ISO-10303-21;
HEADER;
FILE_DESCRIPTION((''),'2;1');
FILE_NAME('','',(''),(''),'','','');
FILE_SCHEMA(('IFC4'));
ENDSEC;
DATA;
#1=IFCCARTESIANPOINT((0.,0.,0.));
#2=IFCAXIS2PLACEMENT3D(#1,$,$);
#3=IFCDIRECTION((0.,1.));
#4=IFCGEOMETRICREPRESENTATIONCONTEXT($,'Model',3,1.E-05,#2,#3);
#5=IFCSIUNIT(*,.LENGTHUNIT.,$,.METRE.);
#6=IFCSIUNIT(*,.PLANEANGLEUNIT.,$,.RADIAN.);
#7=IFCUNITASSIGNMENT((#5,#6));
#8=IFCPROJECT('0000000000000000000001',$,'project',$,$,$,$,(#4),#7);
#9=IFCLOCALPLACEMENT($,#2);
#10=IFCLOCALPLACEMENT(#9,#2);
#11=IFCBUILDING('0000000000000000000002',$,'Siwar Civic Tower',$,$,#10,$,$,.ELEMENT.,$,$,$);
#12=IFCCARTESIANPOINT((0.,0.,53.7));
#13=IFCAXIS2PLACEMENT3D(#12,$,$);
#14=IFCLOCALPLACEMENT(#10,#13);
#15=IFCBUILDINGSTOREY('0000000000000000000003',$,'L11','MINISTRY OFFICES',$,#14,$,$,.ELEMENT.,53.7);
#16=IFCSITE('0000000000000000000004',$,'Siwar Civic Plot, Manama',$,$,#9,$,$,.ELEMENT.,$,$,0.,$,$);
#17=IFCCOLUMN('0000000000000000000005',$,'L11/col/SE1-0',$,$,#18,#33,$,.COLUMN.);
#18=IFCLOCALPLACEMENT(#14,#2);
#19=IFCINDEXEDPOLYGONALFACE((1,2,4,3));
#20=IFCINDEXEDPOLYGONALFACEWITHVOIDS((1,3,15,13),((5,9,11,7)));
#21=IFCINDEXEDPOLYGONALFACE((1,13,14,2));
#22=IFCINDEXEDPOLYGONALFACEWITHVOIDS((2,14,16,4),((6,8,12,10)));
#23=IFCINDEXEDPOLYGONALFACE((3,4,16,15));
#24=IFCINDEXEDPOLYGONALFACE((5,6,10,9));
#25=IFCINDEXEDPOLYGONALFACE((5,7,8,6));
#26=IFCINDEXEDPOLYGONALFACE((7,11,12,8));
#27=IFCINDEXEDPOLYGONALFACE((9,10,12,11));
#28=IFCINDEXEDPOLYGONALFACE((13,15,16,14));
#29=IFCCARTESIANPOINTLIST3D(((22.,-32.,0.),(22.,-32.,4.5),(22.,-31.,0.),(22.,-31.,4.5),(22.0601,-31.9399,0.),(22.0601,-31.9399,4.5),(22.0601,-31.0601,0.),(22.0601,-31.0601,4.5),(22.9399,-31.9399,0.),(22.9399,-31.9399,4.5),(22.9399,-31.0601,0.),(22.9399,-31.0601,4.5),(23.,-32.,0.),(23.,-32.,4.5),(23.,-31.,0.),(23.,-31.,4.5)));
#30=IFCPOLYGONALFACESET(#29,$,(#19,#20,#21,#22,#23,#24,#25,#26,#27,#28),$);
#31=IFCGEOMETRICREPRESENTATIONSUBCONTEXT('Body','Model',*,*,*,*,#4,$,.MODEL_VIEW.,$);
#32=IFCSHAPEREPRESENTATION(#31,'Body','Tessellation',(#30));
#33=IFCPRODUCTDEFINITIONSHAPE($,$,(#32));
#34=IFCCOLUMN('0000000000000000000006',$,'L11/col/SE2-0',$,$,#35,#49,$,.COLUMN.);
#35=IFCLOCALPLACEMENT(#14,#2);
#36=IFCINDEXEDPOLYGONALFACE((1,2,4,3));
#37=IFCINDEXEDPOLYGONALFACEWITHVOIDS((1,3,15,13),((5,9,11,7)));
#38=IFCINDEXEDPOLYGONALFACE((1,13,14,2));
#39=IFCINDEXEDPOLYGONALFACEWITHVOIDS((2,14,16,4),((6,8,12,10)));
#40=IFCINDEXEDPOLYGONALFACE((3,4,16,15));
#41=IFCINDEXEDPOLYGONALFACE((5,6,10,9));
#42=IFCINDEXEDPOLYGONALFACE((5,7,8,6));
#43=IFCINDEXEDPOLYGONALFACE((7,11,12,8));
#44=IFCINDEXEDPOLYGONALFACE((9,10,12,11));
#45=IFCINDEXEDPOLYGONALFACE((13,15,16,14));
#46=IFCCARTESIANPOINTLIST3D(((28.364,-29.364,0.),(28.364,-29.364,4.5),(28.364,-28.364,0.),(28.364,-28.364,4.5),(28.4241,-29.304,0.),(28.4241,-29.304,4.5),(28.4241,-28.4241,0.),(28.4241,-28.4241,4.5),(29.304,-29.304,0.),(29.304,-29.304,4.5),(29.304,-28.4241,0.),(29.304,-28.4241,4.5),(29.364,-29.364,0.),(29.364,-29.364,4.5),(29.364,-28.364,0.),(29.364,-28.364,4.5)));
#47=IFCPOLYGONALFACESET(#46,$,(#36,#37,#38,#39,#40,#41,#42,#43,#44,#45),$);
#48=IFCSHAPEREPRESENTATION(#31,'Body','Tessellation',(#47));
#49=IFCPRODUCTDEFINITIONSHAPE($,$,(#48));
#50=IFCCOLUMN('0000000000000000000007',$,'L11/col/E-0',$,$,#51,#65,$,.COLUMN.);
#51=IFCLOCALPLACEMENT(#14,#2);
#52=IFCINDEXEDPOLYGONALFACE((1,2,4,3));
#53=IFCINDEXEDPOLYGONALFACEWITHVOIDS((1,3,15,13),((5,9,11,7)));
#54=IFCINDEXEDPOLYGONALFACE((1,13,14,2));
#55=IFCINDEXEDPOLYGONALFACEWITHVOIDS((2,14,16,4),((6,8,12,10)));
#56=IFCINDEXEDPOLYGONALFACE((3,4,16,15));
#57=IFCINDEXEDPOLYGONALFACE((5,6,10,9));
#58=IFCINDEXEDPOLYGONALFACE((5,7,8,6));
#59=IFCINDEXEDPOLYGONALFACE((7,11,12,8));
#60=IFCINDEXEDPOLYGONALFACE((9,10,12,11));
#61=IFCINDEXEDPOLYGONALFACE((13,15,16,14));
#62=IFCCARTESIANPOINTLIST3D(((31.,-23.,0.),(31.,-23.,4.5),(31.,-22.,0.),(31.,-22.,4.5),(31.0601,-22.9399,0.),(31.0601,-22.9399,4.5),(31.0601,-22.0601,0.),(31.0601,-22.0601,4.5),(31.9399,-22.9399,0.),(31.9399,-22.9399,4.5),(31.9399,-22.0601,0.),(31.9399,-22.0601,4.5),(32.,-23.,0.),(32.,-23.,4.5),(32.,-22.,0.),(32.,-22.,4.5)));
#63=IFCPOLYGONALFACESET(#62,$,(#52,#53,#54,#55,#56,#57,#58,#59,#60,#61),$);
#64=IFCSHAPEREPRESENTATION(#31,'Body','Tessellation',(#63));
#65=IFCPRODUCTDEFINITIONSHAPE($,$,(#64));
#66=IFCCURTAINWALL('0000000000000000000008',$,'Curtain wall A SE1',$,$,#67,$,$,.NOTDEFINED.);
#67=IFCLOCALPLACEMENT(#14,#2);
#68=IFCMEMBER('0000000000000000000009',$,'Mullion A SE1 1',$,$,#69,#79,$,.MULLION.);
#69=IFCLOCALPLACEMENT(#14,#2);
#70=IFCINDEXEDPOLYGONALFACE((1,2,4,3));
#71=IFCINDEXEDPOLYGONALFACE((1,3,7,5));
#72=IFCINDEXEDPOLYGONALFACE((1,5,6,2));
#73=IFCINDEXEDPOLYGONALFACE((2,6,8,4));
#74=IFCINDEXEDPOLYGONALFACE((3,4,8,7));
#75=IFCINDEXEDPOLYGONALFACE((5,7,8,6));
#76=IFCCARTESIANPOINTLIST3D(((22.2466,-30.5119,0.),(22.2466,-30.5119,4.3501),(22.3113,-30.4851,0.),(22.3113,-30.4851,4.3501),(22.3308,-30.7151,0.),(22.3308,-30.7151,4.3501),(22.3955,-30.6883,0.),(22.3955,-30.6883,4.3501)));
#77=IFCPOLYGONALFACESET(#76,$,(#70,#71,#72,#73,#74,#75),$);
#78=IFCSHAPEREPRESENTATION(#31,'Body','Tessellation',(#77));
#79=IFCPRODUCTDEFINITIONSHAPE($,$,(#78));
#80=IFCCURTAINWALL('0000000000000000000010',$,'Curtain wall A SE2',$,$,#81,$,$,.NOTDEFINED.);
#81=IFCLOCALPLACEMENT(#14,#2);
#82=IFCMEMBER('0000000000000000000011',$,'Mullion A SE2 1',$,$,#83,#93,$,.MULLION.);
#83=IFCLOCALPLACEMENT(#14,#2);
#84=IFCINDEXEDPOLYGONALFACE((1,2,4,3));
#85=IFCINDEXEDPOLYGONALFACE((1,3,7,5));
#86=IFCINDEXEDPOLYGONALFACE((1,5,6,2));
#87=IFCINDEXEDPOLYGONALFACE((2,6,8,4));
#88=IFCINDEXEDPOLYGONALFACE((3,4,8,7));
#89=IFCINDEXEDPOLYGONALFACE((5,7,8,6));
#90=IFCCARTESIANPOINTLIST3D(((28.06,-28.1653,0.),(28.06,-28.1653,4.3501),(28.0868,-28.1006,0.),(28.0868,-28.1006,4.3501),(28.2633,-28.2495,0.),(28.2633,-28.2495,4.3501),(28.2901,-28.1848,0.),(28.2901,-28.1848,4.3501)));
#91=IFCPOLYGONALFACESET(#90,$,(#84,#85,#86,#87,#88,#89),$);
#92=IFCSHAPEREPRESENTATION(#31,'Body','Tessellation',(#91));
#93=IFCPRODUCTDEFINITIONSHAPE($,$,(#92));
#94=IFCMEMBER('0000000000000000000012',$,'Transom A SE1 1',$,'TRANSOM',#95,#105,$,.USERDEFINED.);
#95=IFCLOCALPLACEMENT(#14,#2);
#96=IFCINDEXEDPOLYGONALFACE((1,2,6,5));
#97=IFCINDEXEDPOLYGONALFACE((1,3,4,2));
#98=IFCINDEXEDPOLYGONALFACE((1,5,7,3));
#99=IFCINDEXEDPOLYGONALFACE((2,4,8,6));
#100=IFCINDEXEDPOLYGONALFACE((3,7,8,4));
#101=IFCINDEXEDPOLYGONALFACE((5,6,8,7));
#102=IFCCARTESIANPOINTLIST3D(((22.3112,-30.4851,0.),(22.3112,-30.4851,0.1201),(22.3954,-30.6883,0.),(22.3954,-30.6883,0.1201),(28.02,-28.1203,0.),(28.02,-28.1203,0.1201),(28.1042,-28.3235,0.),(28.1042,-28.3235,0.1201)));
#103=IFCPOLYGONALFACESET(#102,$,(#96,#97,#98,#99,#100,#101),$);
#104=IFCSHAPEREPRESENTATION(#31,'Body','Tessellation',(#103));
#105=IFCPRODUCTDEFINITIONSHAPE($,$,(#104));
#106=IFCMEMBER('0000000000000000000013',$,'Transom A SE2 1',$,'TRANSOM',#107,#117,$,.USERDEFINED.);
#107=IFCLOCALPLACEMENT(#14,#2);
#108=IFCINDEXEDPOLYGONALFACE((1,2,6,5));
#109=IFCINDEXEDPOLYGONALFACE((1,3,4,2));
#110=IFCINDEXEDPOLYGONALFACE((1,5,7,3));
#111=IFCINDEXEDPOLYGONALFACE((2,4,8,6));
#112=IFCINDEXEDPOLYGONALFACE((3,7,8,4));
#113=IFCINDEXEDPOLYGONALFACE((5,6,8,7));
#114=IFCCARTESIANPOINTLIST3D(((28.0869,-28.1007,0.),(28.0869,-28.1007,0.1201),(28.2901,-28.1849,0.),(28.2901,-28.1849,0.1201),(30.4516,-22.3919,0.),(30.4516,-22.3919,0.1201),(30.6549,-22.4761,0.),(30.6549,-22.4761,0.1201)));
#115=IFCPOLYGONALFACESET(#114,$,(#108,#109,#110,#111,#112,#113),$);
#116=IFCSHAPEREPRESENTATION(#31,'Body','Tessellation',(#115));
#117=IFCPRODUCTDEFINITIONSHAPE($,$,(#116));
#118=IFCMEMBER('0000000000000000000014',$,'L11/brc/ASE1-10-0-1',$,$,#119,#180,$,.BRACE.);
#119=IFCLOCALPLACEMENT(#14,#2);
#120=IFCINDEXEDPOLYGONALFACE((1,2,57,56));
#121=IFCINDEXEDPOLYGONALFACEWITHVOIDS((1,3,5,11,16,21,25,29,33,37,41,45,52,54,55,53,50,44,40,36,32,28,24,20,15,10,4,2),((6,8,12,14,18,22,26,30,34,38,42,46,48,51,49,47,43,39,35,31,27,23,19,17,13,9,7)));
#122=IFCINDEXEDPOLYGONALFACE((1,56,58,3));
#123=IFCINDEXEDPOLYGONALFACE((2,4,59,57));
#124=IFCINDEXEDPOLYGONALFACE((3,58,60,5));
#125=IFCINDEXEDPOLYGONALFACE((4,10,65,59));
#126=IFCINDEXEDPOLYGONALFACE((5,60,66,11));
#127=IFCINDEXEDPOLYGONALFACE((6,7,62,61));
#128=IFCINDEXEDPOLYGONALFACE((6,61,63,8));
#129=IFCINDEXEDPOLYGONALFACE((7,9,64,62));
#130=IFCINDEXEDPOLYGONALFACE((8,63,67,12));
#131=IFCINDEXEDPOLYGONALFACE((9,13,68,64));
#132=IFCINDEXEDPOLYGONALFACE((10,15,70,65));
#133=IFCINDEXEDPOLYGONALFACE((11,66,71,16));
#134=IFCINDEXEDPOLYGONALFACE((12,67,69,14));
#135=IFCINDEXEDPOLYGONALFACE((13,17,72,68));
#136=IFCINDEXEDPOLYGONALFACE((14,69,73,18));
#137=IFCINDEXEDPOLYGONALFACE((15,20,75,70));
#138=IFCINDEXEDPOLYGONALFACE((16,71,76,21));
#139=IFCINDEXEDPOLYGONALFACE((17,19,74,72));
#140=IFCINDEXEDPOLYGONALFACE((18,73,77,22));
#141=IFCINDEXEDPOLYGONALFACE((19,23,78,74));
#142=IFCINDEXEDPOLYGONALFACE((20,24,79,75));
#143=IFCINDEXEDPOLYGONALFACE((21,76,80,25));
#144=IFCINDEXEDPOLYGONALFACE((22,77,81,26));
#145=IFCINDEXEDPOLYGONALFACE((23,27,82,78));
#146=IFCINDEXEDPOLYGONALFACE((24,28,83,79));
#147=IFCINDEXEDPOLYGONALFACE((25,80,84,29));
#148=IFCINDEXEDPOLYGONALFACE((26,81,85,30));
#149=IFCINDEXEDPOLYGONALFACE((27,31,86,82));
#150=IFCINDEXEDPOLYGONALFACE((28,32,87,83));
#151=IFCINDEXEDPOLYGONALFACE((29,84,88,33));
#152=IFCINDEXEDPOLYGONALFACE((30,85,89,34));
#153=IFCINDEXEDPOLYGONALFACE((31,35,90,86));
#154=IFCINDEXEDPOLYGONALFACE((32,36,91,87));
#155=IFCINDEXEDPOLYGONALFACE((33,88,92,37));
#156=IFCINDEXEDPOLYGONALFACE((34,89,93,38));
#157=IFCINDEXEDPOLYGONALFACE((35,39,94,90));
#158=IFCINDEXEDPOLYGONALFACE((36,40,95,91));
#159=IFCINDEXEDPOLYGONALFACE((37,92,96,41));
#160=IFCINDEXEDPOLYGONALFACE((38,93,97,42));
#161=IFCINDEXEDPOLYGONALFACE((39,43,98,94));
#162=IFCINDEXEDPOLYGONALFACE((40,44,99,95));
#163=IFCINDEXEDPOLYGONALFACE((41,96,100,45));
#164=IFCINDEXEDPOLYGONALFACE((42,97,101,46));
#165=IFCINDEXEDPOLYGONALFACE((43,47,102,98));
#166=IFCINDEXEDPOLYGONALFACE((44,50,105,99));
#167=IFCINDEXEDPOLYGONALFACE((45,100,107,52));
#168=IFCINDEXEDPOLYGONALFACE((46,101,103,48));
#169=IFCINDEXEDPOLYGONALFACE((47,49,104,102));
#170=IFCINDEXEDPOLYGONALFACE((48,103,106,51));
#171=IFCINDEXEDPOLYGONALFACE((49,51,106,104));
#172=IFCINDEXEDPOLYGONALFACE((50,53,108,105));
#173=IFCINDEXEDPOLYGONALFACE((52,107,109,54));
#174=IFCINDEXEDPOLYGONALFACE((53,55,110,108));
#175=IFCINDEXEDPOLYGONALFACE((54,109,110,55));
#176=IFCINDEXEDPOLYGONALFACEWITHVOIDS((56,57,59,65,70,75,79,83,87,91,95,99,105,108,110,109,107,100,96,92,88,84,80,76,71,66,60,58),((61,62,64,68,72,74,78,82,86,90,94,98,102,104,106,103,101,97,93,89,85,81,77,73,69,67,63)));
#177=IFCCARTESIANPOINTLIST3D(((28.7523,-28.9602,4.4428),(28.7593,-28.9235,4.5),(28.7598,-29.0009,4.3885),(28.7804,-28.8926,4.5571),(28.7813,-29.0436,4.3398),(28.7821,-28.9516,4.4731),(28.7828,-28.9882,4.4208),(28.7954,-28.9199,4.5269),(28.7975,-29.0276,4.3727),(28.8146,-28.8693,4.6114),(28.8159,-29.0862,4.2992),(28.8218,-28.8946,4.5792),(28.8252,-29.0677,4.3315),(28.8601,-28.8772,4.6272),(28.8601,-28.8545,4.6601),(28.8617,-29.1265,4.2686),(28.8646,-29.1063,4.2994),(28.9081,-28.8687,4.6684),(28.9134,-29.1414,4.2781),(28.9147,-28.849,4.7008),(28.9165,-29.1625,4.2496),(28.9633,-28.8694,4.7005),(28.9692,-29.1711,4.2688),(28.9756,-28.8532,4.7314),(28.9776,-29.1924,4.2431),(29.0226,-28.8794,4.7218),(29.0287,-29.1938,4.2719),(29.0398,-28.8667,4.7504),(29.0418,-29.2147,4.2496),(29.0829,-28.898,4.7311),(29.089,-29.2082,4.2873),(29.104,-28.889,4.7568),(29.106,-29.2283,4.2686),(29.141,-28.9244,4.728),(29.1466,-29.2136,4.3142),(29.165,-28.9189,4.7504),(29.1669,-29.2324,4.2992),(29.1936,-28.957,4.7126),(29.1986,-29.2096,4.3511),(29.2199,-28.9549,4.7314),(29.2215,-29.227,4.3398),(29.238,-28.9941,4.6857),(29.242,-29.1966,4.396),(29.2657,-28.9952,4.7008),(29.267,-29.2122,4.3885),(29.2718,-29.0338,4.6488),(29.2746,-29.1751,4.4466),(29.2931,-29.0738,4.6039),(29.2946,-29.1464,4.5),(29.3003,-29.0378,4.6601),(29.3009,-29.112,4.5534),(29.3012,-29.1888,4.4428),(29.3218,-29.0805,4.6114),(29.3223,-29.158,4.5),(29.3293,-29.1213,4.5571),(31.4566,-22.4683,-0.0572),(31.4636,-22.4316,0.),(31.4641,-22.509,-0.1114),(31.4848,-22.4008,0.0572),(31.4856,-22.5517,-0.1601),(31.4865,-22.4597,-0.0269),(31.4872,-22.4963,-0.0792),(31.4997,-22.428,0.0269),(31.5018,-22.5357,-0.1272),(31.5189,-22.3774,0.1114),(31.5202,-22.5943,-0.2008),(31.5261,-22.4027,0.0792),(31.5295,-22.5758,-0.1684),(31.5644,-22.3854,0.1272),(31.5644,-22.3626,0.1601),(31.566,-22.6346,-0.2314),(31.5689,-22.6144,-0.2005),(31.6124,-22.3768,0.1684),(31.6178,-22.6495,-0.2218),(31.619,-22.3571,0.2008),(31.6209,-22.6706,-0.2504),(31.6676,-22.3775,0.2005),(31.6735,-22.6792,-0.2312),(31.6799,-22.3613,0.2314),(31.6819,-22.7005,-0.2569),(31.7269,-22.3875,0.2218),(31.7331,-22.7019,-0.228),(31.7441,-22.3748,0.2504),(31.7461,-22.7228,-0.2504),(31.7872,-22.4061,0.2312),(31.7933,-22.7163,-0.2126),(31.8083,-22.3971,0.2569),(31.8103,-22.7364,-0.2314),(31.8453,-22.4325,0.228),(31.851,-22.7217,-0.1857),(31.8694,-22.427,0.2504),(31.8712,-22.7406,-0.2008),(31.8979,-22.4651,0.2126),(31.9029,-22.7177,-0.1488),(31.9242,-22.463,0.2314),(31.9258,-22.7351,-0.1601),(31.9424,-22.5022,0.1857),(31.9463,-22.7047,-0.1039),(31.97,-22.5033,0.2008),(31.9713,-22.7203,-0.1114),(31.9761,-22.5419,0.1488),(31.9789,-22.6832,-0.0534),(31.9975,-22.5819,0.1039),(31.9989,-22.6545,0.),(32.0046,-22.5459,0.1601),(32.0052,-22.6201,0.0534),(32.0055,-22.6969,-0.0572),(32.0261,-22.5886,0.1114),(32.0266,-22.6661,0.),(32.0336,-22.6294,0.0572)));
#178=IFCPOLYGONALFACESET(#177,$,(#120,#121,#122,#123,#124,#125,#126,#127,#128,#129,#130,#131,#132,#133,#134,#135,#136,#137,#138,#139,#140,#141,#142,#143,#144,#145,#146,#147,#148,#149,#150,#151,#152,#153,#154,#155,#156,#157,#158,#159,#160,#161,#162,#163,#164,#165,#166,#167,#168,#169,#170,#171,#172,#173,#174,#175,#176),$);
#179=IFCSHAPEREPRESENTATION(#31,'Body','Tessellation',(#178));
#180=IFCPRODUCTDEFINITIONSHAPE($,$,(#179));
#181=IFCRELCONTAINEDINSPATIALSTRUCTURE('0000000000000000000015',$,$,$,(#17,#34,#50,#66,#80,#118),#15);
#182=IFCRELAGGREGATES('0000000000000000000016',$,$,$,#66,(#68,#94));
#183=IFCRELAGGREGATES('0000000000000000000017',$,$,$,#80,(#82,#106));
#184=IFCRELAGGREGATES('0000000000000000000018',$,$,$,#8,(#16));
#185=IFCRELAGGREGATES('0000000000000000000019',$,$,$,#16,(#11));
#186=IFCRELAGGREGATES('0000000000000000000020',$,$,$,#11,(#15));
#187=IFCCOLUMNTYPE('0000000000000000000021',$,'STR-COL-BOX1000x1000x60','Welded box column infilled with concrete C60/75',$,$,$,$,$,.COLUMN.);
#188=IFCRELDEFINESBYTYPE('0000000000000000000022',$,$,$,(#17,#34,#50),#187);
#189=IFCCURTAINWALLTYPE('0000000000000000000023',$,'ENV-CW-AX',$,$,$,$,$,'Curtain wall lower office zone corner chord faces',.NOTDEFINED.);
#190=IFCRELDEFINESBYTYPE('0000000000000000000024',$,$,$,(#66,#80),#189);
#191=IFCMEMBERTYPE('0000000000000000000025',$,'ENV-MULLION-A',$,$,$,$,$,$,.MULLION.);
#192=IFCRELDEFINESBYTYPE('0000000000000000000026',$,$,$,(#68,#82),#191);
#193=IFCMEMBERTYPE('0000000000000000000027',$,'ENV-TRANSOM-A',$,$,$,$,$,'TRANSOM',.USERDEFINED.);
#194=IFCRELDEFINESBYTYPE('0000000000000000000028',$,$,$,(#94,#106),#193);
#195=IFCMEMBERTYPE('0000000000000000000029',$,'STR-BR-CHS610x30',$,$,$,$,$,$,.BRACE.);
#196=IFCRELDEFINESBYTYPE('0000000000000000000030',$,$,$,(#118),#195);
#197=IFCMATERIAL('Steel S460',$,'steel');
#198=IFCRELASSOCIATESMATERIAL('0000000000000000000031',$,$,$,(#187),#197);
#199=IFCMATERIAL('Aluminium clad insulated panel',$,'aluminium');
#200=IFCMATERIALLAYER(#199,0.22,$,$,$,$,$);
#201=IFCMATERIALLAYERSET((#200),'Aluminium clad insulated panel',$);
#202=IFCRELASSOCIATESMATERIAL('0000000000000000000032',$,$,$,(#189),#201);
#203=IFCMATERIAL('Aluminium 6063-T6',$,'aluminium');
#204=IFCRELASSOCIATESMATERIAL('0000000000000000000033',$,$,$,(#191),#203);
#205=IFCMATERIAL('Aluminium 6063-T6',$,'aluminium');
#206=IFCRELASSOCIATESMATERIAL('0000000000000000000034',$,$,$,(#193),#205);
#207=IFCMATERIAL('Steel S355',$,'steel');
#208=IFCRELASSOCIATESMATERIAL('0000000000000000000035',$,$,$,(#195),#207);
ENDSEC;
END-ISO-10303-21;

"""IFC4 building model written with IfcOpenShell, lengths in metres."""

from ifc_helpers import new_model, si_unit, direction, frame, origin, origin_2d, place, context, subcontext, project, spatial, rectangle, hollow_rectangle, hollow_circle, extrude, material, layer, layer_set, material_profile, profile_set, type_object, element, aggregate, save


model = new_model("IFC4")

# Units and contexts
model_context = context("Model", 3, precision=1e-05, world=origin(), true_north=direction((0.0, 1.0)))
body_context = subcontext(model_context, "Body", "Model", "MODEL_VIEW")
ifc_project = project(units=[si_unit("LENGTHUNIT", "METRE"), si_unit("PLANEANGLEUNIT", "RADIAN")], contexts=[model_context])

# Site, building, storey
site_placement = place(None, origin())
site = spatial("IfcSite", under=ifc_project, at=site_placement, Name="Siwar Civic Plot, Manama", CompositionType="ELEMENT", RefElevation=0.0)
building_placement = place(site_placement, origin())
building = spatial("IfcBuilding", under=site, at=building_placement, Name="Siwar Civic Tower", CompositionType="ELEMENT")
storey_placement = place(building_placement, frame((0.0, 0.0, 53.7)))
storey = spatial("IfcBuildingStorey", under=building, at=storey_placement, Name="L11", Description="MINISTRY OFFICES", CompositionType="ELEMENT", Elevation=53.7)

# Columns
ifc_material_1 = material(Name="Steel S460", Category="steel")
ifc_material_profile_1 = material_profile(ifc_material_1, hollow_rectangle(XDim=1.0, YDim=1.0, WallThickness=0.0601, at=origin_2d()), Name="BOX1000x1000x60")
ifc_profile_set_1 = profile_set([ifc_material_profile_1], Name="Steel S460")
column_type = type_object("IfcColumnType", Name="STR-COL-BOX1000x1000x60", Description="Welded box column infilled with concrete C60/75", PredefinedType="COLUMN", material=ifc_profile_set_1)
for number, where, z_axis, x_axis, name in (
    (1, (22.5, -31.5, 0.0), (0.0, 0.0, 1.0), (1.0, 0.0, 0.0), "L11/col/SE1-0"),
    (2, (28.864, -28.864, 0.0), (0.0, 0.0, 1.0), (1.0, 0.0, 0.0), "L11/col/SE2-0"),
    (3, (31.5, -22.5, 0.0), (0.0, 0.0, 1.0), (1.0, 0.0, 0.0), "L11/col/E-0"),
):
    element("IfcColumn", number, at=place(storey_placement, frame(where, z_axis=z_axis, x_axis=x_axis)), inside=storey, type_object=column_type, Name=name, PredefinedType="COLUMN", context=body_context, shape_type="SweptSolid", body=[
        extrude(hollow_rectangle(XDim=1.0, YDim=1.0, WallThickness=0.0601, at=origin_2d()), origin(), (0.0, 0.0, 1.0), 4.5),
    ])

# Curtain walls, members
ifc_material_2 = material(Name="Aluminium clad insulated panel", Category="aluminium")
ifc_layer_1 = layer(ifc_material_2, 0.22)
ifc_layer_set_1 = layer_set([ifc_layer_1], Name="Aluminium clad insulated panel")
curtain_wall_type_1 = type_object("IfcCurtainWallType", Name="ENV-CW-AX", ElementType="Curtain wall lower office zone corner chord faces", PredefinedType="NOTDEFINED", material=ifc_layer_set_1)
curtain_wall_1_placement = place(storey_placement, origin())
curtain_wall_1 = element("IfcCurtainWall", 4, at=curtain_wall_1_placement, inside=storey, type_object=curtain_wall_type_1, Name="Curtain wall A SE1", PredefinedType="NOTDEFINED")
ifc_material_3 = material(Name="Aluminium 6063-T6", Category="aluminium")
ifc_material_profile_2 = material_profile(ifc_material_3, rectangle(XDim=0.22, YDim=0.0701, at=origin_2d()), Name="AL 220x70")
ifc_profile_set_2 = profile_set([ifc_material_profile_2], Name="Aluminium 6063-T6")
member_type_1 = type_object("IfcMemberType", Name="ENV-MULLION-A", PredefinedType="MULLION", material=ifc_profile_set_2)
member_1_placement = place(storey_placement, frame((22.321, -30.6001, 0.0), z_axis=(0.0, 0.0, 1.0), x_axis=(-0.382683, 0.92388, 0.0)))
member_1 = element("IfcMember", 5, at=member_1_placement, type_object=member_type_1, Name="Mullion A SE1 1", PredefinedType="MULLION", context=body_context, shape_type="SweptSolid", body=[
    extrude(rectangle(XDim=0.22, YDim=0.0701, at=origin_2d()), origin(), (0.0, 0.0, 1.0), 4.3501),
])
curtain_wall_2_placement = place(storey_placement, origin())
curtain_wall_2 = element("IfcCurtainWall", 6, at=curtain_wall_2_placement, inside=storey, type_object=curtain_wall_type_1, Name="Curtain wall A SE2", PredefinedType="NOTDEFINED")
member_2_placement = place(storey_placement, frame((28.175, -28.175, 0.0), z_axis=(0.0, 0.0, 1.0), x_axis=(-0.92388, 0.382683, 0.0)))
member_2 = element("IfcMember", 7, at=member_2_placement, type_object=member_type_1, Name="Mullion A SE2 1", PredefinedType="MULLION", context=body_context, shape_type="SweptSolid", body=[
    extrude(rectangle(XDim=0.22, YDim=0.0701, at=origin_2d()), origin(), (0.0, 0.0, 1.0), 4.3501),
])

# Members
ifc_material_4 = material(Name="Aluminium 6063-T6", Category="aluminium")
ifc_material_profile_3 = material_profile(ifc_material_4, rectangle(XDim=0.22, YDim=0.1201, at=origin_2d()), Name="AL 220x120")
ifc_profile_set_3 = profile_set([ifc_material_profile_3], Name="Aluminium 6063-T6")
member_type_2 = type_object("IfcMemberType", Name="ENV-TRANSOM-A", ElementType="TRANSOM", PredefinedType="USERDEFINED", material=ifc_profile_set_3)
member_3_placement = place(storey_placement, frame((22.3533, -30.5867, 0.0601), z_axis=(0.923873, 0.382698, 0.0), x_axis=(-0.382698, 0.923873, 0.0)))
member_3 = element("IfcMember", 8, at=member_3_placement, type_object=member_type_2, Name="Transom A SE1 1", ObjectType="TRANSOM", PredefinedType="USERDEFINED", context=body_context, shape_type="SweptSolid", body=[
    extrude(rectangle(XDim=0.22, YDim=0.1201, at=origin_2d()), origin(), (0.0, 0.0, 1.0), 6.1792),
])
member_4_placement = place(storey_placement, frame((28.1885, -28.1428, 0.0601), z_axis=(0.382698, 0.923873, 0.0), x_axis=(-0.923873, 0.382698, 0.0)))
member_4 = element("IfcMember", 9, at=member_4_placement, type_object=member_type_2, Name="Transom A SE2 1", ObjectType="TRANSOM", PredefinedType="USERDEFINED", context=body_context, shape_type="SweptSolid", body=[
    extrude(rectangle(XDim=0.22, YDim=0.1201, at=origin_2d()), origin(), (0.0, 0.0, 1.0), 6.1792),
])

# Member
ifc_material_5 = material(Name="Steel S355", Category="steel")
ifc_material_profile_4 = material_profile(ifc_material_5, hollow_circle(Radius=0.3049, WallThickness=0.03, at=origin_2d()), Name="CHS610x30")
ifc_profile_set_4 = profile_set([ifc_material_profile_4], Name="Steel S355")
member_type_3 = type_object("IfcMemberType", Name="STR-BR-CHS610x30", PredefinedType="BRACE", material=ifc_profile_set_4)
member_5_placement = place(storey_placement, frame((31.7451, -22.5488, 0.0), z_axis=(-0.323906, -0.777555, 0.538975), x_axis=(0.923109, -0.384539, 0.0)))
element("IfcMember", 10, at=member_5_placement, inside=storey, type_object=member_type_3, Name="L11/brc/ASE1-10-0-1", PredefinedType="BRACE", context=body_context, shape_type="SweptSolid", body=[
    extrude(hollow_circle(Radius=0.3049, WallThickness=0.03, at=origin_2d()), origin(), (0.0, 0.0, 1.0), 8.3491),
])

aggregate(curtain_wall_1, [member_1, member_3])
aggregate(curtain_wall_2, [member_2, member_4])

save(model, "model.ifc")
